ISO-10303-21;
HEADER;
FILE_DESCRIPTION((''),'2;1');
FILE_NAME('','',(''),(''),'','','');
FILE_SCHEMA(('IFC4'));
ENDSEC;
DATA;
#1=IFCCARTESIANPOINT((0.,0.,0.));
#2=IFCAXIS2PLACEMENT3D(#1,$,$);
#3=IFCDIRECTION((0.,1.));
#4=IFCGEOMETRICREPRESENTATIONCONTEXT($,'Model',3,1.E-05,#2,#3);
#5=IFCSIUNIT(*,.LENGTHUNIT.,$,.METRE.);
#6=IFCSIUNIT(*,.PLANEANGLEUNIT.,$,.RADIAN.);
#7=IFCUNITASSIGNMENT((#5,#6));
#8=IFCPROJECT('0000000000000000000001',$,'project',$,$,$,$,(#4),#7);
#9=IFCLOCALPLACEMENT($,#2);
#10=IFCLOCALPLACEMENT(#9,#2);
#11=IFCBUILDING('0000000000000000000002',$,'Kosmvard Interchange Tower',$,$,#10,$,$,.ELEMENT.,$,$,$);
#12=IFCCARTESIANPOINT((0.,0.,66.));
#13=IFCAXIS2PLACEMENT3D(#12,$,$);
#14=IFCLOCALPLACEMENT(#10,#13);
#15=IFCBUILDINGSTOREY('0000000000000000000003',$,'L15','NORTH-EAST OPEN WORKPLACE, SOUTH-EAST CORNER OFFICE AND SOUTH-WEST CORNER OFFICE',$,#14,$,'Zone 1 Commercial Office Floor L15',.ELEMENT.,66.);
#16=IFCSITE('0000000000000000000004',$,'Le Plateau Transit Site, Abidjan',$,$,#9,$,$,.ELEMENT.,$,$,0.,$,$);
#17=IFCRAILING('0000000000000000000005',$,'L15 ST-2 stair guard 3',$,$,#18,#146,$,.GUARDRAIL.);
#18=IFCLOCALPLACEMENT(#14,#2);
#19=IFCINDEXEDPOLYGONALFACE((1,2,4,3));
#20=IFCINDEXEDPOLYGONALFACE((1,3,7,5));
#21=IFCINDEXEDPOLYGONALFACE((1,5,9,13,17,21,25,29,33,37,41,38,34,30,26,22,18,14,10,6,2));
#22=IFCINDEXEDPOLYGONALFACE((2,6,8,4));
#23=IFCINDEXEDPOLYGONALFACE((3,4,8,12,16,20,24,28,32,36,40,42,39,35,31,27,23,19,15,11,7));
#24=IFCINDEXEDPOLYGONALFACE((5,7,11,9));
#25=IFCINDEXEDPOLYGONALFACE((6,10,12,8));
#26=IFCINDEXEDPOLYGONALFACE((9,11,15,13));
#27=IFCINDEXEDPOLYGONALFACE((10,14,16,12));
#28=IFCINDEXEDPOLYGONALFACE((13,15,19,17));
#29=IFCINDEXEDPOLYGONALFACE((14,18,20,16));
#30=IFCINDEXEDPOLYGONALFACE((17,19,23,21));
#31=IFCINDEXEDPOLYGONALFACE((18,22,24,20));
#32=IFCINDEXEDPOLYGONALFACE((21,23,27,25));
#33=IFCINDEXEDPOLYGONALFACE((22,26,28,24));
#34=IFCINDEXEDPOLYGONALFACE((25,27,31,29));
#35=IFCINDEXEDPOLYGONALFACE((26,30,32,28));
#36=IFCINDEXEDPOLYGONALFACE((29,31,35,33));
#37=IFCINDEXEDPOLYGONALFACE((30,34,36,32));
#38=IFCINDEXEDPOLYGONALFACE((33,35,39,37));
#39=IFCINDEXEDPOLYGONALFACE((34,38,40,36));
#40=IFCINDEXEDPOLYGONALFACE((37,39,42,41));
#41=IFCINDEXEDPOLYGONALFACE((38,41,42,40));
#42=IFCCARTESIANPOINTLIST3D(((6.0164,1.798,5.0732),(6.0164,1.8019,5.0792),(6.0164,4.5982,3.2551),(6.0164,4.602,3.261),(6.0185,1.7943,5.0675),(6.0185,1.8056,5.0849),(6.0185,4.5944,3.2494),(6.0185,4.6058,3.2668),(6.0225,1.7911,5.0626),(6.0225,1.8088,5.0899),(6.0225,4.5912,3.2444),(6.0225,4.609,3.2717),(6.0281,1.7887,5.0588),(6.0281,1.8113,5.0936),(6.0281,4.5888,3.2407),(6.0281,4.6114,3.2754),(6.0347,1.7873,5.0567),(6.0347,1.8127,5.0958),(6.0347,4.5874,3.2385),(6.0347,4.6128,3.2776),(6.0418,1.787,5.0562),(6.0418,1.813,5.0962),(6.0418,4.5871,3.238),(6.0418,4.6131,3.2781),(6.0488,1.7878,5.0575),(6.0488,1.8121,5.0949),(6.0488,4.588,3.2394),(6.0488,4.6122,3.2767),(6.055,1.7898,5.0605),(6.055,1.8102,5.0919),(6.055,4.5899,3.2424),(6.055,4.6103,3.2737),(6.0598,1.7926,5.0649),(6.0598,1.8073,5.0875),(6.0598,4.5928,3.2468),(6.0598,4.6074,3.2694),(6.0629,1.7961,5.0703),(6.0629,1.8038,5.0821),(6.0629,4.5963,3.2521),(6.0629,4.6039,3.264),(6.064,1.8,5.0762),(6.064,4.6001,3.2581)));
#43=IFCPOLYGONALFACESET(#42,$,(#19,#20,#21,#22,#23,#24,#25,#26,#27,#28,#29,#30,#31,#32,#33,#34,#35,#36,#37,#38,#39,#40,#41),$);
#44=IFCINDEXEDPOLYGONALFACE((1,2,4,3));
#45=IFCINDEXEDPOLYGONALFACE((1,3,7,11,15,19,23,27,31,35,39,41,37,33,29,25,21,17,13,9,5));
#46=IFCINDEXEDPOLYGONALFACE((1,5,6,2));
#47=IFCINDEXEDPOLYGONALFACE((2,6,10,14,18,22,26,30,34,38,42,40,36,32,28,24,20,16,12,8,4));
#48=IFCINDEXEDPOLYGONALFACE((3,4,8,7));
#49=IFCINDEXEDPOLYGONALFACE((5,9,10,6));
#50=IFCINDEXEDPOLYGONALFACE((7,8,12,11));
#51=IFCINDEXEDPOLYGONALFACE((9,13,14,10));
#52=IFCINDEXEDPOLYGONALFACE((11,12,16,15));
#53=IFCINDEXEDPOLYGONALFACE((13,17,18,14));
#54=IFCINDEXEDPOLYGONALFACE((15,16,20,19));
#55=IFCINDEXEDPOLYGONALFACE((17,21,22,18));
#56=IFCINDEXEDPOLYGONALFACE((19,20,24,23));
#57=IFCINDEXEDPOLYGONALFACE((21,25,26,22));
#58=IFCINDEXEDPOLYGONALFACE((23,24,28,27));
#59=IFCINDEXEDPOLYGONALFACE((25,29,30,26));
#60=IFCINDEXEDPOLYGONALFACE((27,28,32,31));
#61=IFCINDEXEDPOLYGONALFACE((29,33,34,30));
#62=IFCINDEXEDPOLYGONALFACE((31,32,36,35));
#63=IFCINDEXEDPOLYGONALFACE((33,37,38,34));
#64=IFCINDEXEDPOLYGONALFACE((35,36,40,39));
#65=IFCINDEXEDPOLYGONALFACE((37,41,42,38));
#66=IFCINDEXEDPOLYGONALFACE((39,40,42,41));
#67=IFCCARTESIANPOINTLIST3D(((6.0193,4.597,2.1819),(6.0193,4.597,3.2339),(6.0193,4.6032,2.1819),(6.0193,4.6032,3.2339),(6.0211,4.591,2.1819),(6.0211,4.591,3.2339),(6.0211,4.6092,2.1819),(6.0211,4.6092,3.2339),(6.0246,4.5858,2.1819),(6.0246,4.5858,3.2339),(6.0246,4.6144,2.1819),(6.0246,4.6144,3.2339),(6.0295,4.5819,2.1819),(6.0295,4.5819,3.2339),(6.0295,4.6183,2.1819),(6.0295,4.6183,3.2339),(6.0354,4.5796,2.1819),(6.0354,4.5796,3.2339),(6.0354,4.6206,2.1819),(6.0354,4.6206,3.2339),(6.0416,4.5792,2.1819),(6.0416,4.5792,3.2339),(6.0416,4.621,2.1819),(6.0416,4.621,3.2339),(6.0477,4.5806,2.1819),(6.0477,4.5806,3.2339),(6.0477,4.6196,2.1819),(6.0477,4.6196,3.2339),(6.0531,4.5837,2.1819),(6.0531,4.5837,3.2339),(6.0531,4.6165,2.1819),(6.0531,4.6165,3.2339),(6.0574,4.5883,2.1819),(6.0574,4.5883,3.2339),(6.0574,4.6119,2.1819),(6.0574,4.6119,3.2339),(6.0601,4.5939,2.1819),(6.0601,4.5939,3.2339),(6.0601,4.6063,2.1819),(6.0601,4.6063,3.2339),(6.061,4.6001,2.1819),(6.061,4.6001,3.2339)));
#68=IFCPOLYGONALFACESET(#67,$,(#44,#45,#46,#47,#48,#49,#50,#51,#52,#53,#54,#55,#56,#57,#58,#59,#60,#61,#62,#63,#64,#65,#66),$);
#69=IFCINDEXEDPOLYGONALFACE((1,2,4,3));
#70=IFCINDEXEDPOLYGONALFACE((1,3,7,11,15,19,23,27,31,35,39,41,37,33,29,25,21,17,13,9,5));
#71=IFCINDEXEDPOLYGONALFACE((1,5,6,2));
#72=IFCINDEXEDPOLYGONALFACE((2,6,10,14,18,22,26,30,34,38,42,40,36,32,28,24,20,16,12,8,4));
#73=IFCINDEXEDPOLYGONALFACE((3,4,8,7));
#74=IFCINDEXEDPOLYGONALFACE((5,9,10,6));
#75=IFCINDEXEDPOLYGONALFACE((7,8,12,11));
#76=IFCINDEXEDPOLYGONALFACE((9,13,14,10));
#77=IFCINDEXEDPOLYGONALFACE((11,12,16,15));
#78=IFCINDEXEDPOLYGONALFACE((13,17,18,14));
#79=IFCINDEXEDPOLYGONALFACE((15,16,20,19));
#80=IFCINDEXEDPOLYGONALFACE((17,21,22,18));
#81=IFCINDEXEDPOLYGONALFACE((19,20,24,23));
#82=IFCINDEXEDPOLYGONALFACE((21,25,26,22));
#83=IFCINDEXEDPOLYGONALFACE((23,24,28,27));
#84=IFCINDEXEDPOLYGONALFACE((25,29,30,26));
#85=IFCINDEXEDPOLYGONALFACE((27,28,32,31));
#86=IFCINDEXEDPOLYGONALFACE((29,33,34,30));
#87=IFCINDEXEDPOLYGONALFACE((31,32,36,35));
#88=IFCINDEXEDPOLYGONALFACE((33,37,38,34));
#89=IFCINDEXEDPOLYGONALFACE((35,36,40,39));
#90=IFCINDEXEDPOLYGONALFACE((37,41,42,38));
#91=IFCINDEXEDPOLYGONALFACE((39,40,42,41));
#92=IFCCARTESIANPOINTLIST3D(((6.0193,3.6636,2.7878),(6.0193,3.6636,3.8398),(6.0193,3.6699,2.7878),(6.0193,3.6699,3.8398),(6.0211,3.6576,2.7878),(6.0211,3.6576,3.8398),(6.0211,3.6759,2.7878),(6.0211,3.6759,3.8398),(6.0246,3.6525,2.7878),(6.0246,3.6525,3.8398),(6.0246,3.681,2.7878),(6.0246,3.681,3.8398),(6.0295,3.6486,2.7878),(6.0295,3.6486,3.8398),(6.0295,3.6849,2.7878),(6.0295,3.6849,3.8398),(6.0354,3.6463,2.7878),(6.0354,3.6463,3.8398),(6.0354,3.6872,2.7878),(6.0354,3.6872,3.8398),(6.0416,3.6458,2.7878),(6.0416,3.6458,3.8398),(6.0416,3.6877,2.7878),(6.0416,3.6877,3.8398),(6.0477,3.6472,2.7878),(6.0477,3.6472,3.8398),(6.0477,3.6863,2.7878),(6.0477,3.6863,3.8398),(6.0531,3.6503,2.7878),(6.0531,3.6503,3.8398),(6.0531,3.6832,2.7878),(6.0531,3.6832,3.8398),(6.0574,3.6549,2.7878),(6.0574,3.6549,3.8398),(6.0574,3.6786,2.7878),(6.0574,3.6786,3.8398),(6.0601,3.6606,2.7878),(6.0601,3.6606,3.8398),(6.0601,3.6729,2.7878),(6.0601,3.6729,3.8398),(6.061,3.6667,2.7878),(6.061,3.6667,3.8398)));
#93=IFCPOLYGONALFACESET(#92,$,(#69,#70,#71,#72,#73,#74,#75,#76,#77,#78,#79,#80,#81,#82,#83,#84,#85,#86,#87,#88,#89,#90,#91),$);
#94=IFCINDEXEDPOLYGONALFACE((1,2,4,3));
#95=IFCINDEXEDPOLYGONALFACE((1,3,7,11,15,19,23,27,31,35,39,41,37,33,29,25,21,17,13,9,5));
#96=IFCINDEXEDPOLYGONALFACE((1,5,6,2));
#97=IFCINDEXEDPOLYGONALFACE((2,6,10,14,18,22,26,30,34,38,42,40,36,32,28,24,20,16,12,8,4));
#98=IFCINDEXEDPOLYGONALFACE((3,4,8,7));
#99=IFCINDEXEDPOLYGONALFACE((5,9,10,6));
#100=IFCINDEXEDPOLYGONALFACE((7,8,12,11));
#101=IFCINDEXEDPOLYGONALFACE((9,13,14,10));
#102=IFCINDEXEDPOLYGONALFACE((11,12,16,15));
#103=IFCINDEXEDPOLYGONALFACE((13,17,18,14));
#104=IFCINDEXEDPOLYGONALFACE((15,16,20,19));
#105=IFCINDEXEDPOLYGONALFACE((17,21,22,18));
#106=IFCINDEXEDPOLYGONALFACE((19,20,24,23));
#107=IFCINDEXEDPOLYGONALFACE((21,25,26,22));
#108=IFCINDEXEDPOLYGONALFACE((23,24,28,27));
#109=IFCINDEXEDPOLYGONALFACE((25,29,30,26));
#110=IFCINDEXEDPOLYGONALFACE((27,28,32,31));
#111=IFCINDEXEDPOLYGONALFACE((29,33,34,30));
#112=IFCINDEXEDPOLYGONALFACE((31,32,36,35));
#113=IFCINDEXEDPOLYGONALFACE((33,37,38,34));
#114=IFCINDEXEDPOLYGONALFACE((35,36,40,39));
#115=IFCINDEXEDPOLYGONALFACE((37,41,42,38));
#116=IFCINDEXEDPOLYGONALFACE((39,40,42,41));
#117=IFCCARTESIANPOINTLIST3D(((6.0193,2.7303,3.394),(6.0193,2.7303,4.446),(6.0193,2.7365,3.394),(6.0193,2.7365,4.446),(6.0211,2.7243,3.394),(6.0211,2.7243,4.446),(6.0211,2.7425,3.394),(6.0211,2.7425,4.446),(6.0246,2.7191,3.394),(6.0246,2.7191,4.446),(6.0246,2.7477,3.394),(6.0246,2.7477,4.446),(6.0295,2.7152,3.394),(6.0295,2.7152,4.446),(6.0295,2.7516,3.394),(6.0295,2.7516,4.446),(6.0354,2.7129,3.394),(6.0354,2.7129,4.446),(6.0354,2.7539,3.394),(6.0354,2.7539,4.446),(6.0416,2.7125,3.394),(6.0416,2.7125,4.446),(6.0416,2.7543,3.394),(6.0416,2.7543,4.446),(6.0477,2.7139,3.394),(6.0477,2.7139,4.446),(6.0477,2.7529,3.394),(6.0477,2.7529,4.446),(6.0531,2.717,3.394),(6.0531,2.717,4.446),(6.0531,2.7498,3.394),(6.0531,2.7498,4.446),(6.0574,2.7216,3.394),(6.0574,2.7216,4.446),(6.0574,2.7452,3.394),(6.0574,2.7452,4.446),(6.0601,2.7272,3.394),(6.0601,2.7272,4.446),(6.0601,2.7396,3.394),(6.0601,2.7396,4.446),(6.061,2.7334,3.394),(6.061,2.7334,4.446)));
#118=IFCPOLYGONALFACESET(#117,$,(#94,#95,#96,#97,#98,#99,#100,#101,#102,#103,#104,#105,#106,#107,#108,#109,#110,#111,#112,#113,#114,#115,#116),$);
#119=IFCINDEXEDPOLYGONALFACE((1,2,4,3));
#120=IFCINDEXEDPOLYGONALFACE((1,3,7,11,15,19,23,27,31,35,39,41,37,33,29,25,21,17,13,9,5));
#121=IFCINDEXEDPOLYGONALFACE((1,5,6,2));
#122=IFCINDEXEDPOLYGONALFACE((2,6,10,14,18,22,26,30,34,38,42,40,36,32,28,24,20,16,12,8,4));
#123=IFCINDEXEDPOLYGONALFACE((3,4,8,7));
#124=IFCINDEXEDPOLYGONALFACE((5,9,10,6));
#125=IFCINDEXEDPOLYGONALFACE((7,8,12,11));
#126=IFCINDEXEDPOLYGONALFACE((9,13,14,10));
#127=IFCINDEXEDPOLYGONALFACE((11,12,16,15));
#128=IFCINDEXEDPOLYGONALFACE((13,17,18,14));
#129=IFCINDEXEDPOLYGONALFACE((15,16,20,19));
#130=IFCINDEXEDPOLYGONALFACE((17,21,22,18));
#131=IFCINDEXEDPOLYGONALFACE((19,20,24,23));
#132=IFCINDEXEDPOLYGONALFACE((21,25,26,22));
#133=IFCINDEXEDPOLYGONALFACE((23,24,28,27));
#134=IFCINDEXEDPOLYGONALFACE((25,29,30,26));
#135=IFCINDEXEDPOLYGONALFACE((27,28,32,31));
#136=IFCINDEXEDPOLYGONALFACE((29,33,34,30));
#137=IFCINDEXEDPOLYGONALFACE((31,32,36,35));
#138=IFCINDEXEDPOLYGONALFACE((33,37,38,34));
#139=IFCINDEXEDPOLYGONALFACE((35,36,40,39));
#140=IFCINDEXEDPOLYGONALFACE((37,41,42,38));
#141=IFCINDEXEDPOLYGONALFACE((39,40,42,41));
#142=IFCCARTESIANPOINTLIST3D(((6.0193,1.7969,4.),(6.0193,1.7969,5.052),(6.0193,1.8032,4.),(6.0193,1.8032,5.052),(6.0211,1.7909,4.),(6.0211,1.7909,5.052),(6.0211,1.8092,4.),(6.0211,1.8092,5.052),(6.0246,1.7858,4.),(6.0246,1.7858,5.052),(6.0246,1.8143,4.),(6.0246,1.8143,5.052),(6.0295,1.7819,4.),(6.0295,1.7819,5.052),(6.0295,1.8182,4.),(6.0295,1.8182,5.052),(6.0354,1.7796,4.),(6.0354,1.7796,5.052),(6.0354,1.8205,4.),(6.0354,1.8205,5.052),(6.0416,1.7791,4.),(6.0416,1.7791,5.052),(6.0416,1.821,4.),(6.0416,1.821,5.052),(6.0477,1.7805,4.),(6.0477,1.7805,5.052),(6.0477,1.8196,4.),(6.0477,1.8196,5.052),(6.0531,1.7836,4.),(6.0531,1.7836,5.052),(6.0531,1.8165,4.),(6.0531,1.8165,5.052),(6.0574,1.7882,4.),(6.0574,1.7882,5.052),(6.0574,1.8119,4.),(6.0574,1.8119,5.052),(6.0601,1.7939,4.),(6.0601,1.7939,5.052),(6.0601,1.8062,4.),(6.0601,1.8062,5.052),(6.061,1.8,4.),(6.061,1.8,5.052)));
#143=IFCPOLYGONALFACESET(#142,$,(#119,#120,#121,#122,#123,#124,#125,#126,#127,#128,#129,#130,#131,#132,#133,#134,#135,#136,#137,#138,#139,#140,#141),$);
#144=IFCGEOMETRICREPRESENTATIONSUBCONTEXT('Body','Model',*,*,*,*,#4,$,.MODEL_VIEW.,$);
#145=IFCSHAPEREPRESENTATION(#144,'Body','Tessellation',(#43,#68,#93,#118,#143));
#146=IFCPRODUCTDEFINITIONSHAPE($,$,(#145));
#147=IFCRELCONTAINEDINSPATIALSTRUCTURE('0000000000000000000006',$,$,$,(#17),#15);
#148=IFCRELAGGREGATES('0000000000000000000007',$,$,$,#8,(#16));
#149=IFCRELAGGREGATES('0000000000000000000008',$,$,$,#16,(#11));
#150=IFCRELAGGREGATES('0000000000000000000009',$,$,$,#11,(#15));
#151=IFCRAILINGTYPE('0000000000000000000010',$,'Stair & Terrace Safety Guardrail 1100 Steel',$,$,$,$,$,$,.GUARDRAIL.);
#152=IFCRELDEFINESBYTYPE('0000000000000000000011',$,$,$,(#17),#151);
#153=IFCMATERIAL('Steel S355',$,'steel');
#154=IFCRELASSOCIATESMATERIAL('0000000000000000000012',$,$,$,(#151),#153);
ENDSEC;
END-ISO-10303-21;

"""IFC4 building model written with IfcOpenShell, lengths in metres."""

from ifc_helpers import new_model, si_unit, direction, frame, origin, origin_2d, place, context, subcontext, project, spatial, circle, extrude, source, transform, mapped, material, type_object, element, save


model = new_model("IFC4")

# Units and contexts
model_context = context("Model", 3, precision=1e-05, world=origin(), true_north=direction((0.0, 1.0)))
body_context = subcontext(model_context, "Body", "Model", "MODEL_VIEW")
ifc_project = project(units=[si_unit("LENGTHUNIT", "METRE"), si_unit("PLANEANGLEUNIT", "RADIAN")], contexts=[model_context])

# Site, building, storey
site_placement = place(None, origin())
site = spatial("IfcSite", under=ifc_project, at=site_placement, Name="Le Plateau Transit Site, Abidjan", CompositionType="ELEMENT", RefElevation=0.0)
building_placement = place(site_placement, origin())
building = spatial("IfcBuilding", under=site, at=building_placement, Name="Kosmvard Interchange Tower", CompositionType="ELEMENT")
storey_placement = place(building_placement, frame((0.0, 0.0, 66.0)))
storey = spatial("IfcBuildingStorey", under=building, at=storey_placement, Name="L15", Description="NORTH-EAST OPEN WORKPLACE, SOUTH-EAST CORNER OFFICE AND SOUTH-WEST CORNER OFFICE", LongName="Zone 1 Commercial Office Floor L15", CompositionType="ELEMENT", Elevation=66.0)

# Shared definitions
ifc_material_1 = material(Name="Steel S355", Category="steel")

# Railing
railing_type_1 = type_object("IfcRailingType", Name="Stair & Terrace Safety Guardrail 1100 Steel", PredefinedType="GUARDRAIL", material=ifc_material_1)
shared_shape_1 = source(origin(), body_context, "Body", "SweptSolid", [
    extrude(circle(Radius=0.0239, at=origin_2d()), frame((0.0, 0.0, 1.0762), z_axis=(0.0, -0.838706, 0.544585), x_axis=(1.0, 0.0, 0.0)), (0.0, 0.0, 1.0), 3.3386),
    extrude(circle(Radius=0.021, at=origin_2d()), origin(), (0.0, 0.0, 1.0), 1.052),
    extrude(circle(Radius=0.021, at=origin_2d()), frame((0.0, -0.9333, 0.606)), (0.0, 0.0, 1.0), 1.052),
    extrude(circle(Radius=0.021, at=origin_2d()), frame((0.0, -1.8667, 1.2122)), (0.0, 0.0, 1.0), 1.052),
    extrude(circle(Radius=0.021, at=origin_2d()), frame((0.0, -2.8, 1.8181)), (0.0, 0.0, 1.0), 1.052),
])
railing_1_placement = place(storey_placement, frame((6.04, 4.6001, 2.1819)))
element("IfcRailing", 1, at=railing_1_placement, inside=storey, type_object=railing_type_1, Name="L15 ST-2 stair guard 3", PredefinedType="GUARDRAIL", context=body_context, shape_type="MappedRepresentation", body=[
    mapped(shared_shape_1, transform((0.0, 0.0, 0.0), scale=1.0)),
])

save(model, "model.ifc")
